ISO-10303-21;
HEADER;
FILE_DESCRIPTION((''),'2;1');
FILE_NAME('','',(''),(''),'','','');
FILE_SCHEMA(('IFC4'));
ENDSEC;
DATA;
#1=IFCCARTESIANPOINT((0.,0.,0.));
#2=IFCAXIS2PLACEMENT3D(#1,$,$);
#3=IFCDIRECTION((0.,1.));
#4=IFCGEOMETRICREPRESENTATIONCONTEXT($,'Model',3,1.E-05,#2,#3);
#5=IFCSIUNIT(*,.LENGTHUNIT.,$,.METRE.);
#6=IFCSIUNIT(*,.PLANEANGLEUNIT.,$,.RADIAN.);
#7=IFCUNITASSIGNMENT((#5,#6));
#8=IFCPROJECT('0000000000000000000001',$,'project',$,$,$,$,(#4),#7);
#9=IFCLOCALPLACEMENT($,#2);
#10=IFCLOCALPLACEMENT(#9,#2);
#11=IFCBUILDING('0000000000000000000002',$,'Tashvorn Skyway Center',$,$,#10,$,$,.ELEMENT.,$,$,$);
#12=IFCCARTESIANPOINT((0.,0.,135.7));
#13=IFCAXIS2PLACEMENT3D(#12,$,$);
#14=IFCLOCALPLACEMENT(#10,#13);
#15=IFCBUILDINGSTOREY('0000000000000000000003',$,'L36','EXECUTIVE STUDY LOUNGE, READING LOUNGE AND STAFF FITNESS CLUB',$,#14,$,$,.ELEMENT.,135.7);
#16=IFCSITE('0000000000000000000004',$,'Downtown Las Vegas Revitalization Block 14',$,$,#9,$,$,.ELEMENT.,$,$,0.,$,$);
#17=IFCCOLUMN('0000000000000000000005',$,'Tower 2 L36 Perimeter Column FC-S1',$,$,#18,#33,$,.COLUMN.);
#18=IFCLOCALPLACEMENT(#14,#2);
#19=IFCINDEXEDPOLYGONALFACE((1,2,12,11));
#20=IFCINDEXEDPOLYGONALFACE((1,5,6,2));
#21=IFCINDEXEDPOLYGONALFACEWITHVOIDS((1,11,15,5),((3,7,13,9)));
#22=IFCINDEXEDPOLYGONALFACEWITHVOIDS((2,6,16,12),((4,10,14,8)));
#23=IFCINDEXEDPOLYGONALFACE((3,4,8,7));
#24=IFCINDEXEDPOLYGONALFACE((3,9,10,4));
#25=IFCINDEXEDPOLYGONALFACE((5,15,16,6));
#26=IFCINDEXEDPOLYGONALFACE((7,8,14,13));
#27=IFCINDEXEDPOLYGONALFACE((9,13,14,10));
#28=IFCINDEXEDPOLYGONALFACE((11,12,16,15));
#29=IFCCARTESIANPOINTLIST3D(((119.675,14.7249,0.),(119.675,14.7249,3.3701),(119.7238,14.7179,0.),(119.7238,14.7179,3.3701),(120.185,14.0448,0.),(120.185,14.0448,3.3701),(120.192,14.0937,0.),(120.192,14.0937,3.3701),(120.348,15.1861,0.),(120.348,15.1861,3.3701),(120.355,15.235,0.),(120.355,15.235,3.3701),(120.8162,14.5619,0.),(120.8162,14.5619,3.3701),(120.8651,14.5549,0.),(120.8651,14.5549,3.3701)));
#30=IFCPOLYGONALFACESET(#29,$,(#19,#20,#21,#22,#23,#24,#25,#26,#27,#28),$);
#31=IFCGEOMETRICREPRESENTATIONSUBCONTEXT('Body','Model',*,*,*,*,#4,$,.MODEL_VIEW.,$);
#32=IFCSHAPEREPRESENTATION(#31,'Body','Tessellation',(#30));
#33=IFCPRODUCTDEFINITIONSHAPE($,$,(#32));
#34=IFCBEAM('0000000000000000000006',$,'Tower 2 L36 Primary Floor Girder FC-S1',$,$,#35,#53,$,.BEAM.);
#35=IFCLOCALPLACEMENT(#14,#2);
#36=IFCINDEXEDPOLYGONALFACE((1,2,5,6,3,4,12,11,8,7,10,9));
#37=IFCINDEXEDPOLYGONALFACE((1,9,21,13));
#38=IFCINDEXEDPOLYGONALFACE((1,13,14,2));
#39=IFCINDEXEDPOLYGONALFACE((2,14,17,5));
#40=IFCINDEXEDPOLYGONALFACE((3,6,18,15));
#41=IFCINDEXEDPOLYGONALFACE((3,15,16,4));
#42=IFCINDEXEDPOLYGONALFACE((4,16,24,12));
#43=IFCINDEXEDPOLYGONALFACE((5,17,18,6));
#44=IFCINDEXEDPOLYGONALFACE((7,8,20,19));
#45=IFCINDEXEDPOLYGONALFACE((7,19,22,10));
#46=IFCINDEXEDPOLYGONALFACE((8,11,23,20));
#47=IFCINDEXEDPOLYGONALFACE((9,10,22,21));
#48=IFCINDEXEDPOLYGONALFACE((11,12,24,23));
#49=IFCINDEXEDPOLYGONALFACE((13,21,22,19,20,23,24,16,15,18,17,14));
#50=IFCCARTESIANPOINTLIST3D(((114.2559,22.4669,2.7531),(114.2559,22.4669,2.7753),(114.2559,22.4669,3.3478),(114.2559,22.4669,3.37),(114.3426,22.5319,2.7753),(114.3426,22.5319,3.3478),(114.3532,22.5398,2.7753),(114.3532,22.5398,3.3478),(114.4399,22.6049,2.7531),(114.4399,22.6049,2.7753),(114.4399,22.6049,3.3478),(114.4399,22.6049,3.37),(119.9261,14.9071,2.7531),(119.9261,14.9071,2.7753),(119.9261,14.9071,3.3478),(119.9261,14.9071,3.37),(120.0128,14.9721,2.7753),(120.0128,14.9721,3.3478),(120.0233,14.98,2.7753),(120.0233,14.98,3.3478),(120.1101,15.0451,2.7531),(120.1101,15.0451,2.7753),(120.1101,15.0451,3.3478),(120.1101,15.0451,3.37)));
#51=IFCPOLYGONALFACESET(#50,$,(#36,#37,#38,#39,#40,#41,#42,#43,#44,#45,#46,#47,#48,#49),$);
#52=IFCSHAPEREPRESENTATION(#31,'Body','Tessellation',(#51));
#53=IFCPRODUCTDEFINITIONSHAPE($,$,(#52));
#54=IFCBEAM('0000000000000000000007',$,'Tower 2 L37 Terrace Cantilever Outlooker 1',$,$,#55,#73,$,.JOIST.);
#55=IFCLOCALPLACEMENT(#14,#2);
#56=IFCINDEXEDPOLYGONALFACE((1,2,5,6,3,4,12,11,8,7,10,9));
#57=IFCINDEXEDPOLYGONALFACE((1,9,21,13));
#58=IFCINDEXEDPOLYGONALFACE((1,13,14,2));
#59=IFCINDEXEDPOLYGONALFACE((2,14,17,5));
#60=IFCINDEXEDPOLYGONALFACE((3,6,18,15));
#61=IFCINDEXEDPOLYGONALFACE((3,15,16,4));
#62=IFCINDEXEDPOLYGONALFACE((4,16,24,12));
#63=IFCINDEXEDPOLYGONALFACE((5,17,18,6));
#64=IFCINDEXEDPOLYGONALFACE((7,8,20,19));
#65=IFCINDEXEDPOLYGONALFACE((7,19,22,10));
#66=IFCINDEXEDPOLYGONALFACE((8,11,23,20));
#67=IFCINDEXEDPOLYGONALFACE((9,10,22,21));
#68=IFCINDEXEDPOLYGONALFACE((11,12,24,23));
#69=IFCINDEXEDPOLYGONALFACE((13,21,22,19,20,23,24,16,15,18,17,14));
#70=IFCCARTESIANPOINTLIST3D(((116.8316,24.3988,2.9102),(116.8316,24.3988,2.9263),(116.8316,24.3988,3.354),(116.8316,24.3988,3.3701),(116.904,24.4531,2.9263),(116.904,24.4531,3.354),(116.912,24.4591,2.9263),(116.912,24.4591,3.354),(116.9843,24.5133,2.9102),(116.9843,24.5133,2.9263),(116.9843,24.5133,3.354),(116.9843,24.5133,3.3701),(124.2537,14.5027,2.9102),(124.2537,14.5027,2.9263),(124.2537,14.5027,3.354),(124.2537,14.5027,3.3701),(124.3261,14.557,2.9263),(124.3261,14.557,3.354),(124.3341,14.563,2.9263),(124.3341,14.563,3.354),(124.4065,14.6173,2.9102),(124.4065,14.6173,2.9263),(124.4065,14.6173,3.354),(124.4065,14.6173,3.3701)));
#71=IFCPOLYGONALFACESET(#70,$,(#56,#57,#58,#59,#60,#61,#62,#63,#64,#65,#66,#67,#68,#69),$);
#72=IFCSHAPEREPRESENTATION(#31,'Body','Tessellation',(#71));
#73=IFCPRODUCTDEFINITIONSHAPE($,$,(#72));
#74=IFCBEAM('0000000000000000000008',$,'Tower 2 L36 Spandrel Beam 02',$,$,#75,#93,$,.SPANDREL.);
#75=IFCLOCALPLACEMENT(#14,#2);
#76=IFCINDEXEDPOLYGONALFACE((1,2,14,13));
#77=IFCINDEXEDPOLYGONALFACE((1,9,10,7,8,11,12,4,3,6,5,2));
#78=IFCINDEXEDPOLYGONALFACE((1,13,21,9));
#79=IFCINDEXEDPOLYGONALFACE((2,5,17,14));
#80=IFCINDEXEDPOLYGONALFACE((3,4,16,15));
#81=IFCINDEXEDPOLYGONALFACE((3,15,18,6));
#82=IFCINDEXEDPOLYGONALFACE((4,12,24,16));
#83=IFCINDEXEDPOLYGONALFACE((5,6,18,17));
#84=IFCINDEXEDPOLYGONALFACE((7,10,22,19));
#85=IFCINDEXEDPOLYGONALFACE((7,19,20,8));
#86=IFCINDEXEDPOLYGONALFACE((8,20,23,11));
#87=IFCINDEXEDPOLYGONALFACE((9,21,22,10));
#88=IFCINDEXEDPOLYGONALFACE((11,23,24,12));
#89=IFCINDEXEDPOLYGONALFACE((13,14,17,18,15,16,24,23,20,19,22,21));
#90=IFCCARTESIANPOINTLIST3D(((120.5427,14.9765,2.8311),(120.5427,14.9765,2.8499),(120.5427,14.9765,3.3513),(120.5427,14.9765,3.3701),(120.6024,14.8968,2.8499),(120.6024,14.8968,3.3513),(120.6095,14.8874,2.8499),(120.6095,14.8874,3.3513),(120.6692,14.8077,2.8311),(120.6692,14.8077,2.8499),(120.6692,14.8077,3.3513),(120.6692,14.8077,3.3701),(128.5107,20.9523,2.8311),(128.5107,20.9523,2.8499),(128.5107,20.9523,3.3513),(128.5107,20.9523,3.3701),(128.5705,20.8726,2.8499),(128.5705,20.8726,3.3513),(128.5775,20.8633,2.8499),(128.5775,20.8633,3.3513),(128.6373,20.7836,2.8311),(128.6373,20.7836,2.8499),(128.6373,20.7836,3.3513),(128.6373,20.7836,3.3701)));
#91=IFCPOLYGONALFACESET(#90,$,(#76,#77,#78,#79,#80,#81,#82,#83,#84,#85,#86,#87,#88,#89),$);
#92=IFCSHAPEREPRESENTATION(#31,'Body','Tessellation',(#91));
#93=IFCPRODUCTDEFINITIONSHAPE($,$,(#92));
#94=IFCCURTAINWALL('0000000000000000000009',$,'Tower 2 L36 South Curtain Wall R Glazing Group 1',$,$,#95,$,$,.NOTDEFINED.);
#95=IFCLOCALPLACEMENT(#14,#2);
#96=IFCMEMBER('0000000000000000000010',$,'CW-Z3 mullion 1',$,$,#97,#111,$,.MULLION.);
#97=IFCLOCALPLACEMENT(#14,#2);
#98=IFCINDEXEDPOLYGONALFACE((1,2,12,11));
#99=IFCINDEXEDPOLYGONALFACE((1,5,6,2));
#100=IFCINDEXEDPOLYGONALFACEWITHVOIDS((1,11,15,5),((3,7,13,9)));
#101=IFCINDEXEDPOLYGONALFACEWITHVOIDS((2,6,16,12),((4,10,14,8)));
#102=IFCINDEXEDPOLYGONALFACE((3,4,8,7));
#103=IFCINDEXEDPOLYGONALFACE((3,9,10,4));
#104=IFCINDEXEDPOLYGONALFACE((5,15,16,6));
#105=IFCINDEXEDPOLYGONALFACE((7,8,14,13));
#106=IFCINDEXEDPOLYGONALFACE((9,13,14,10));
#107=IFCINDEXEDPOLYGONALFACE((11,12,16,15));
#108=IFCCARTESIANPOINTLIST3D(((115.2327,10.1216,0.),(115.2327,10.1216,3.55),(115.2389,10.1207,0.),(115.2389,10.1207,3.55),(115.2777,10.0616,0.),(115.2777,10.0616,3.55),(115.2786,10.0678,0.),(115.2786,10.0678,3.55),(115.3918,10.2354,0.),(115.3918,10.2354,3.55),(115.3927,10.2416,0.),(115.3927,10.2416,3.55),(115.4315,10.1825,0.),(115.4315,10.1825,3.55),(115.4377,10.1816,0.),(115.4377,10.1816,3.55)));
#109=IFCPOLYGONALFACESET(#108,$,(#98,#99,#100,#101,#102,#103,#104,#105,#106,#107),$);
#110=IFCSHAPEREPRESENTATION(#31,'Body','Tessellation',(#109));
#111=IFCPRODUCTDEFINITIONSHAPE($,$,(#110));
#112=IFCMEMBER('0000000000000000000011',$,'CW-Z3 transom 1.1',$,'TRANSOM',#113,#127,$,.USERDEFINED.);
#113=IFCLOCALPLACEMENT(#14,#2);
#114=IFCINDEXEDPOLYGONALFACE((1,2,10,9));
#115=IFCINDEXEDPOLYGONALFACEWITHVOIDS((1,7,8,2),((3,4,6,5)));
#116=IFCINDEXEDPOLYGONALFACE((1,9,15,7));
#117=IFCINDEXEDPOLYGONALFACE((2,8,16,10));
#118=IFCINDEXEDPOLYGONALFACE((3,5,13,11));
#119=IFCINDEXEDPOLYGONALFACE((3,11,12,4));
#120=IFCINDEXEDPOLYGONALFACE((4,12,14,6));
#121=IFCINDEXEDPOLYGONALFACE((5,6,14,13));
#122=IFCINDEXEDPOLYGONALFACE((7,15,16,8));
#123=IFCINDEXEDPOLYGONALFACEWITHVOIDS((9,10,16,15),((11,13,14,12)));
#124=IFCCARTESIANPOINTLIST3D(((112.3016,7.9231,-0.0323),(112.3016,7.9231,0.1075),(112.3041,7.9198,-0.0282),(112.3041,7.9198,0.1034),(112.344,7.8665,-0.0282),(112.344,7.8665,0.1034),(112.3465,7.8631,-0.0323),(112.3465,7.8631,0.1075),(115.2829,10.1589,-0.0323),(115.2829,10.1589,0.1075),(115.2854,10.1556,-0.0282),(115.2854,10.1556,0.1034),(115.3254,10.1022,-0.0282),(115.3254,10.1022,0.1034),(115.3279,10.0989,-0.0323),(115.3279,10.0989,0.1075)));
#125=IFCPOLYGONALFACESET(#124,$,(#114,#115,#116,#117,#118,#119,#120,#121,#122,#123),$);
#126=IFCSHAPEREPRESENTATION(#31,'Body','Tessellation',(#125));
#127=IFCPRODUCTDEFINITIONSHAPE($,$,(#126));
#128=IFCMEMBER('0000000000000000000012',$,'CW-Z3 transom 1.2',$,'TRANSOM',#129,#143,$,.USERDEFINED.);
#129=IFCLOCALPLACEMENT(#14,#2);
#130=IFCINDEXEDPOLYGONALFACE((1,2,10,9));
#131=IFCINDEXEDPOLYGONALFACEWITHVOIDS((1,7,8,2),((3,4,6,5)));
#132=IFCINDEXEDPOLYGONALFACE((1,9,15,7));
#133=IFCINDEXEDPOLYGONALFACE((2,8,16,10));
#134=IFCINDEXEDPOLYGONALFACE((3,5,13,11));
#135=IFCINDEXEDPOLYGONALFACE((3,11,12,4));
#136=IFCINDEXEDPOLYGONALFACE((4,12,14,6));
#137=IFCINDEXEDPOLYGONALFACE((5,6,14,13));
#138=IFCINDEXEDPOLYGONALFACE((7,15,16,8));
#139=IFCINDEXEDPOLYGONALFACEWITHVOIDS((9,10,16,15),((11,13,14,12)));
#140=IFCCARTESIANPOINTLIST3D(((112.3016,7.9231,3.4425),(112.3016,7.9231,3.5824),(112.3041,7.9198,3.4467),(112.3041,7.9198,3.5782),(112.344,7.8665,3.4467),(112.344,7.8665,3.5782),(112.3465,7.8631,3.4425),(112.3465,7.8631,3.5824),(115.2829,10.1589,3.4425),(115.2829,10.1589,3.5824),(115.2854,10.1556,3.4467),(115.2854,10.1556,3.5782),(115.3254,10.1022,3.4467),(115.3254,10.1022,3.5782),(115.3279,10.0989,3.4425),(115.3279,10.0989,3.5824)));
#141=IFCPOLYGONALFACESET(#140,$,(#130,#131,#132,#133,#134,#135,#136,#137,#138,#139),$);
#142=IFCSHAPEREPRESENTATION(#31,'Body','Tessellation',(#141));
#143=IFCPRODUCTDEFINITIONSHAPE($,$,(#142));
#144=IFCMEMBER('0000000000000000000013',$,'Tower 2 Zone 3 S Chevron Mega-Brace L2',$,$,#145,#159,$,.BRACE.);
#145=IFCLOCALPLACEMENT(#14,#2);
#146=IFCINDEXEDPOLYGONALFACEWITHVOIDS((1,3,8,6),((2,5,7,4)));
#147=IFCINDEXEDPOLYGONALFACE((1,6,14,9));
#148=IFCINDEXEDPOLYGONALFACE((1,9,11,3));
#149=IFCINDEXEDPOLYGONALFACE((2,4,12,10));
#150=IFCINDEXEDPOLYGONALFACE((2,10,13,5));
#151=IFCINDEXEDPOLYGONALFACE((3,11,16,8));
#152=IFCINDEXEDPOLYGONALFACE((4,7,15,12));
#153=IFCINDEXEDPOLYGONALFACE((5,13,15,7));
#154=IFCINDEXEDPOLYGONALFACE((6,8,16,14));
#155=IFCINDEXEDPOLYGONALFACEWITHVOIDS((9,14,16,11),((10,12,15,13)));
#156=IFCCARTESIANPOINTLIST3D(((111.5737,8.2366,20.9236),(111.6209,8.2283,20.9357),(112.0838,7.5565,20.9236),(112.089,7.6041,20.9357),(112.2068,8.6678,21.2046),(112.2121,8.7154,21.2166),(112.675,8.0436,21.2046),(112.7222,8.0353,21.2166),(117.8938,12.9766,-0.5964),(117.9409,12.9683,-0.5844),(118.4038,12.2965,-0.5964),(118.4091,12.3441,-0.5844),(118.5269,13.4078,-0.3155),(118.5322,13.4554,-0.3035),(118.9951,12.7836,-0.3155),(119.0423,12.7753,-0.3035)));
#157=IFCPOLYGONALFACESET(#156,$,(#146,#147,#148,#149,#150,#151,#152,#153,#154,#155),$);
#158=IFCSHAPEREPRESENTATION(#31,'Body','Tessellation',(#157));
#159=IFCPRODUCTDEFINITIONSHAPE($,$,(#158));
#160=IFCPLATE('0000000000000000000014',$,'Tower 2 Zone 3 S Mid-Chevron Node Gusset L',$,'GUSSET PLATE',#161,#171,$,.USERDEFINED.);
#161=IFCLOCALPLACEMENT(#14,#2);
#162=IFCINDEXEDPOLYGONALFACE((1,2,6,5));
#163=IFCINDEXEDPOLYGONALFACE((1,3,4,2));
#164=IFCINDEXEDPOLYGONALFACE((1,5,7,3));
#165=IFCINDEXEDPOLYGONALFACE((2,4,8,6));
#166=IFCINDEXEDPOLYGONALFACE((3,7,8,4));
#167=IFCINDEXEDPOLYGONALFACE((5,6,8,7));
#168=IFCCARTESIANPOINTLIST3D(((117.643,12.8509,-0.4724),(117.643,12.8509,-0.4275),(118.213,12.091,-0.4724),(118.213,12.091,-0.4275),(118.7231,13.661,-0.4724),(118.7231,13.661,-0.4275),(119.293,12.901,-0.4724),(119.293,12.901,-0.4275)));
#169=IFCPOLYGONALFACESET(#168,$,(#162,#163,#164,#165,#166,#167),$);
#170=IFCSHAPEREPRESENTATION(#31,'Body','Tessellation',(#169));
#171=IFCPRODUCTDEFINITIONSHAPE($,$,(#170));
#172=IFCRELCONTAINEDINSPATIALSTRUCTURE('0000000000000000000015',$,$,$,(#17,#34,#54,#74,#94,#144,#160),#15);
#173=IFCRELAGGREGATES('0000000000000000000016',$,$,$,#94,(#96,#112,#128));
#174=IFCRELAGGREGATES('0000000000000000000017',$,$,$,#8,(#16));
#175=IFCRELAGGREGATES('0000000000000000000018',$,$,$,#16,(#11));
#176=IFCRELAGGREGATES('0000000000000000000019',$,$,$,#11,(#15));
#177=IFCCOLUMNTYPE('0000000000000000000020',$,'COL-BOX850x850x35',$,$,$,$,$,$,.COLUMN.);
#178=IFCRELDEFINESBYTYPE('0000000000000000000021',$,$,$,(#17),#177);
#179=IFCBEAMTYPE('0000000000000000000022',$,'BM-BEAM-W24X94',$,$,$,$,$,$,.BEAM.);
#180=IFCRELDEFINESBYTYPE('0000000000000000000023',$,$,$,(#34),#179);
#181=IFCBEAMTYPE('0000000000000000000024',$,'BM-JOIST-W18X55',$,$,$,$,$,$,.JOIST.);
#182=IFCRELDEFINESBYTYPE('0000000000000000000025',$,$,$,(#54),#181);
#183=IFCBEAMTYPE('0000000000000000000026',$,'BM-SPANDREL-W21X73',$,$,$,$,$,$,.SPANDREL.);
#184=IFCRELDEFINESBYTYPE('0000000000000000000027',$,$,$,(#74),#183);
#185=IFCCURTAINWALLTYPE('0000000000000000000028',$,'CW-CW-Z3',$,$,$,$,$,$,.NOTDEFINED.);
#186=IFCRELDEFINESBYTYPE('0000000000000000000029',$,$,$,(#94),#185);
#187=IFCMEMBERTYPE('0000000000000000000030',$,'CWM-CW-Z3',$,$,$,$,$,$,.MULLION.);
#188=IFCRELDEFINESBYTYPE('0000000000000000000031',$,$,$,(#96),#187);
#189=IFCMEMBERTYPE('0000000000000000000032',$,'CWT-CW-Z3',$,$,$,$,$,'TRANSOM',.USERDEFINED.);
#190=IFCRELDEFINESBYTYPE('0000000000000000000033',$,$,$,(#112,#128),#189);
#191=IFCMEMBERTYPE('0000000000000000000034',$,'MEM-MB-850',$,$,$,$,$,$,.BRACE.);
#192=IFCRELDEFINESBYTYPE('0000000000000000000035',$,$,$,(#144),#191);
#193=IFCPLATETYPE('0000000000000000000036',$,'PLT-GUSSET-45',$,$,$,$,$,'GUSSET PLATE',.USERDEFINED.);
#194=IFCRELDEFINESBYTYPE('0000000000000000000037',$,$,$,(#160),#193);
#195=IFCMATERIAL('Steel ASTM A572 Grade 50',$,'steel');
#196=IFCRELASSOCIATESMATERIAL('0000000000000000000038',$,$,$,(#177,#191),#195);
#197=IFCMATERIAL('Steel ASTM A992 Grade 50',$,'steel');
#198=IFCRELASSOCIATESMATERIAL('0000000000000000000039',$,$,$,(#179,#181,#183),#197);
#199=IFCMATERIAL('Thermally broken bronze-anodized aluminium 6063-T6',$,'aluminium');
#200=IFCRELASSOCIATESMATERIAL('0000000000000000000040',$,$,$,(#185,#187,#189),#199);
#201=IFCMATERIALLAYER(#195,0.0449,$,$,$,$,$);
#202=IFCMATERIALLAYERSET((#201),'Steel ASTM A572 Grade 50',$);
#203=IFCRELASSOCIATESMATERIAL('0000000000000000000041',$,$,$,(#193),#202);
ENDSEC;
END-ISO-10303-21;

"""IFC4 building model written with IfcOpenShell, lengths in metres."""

from ifc_helpers import new_model, si_unit, direction, frame, origin, origin_2d, place, context, subcontext, project, spatial, rectangle, hollow_rectangle, i_section, extrude, material, layer, layer_set, material_profile, profile_set, type_object, element, aggregate, save


model = new_model("IFC4")

# Units and contexts
model_context = context("Model", 3, precision=1e-05, world=origin(), true_north=direction((0.0, 1.0)))
body_context = subcontext(model_context, "Body", "Model", "MODEL_VIEW")
ifc_project = project(units=[si_unit("LENGTHUNIT", "METRE"), si_unit("PLANEANGLEUNIT", "RADIAN")], contexts=[model_context])

# Site, building, storey
site_placement = place(None, origin())
site = spatial("IfcSite", under=ifc_project, at=site_placement, Name="Downtown Las Vegas Revitalization Block 14", CompositionType="ELEMENT", RefElevation=0.0)
building_placement = place(site_placement, origin())
building = spatial("IfcBuilding", under=site, at=building_placement, Name="Tashvorn Skyway Center", CompositionType="ELEMENT")
storey_placement = place(building_placement, frame((0.0, 0.0, 135.7)))
storey = spatial("IfcBuildingStorey", under=building, at=storey_placement, Name="L36", Description="EXECUTIVE STUDY LOUNGE, READING LOUNGE AND STAFF FITNESS CLUB", CompositionType="ELEMENT", Elevation=135.7)

# Column
ifc_material_1 = material(Name="Steel ASTM A572 Grade 50", Category="steel")
ifc_material_profile_1 = material_profile(ifc_material_1, hollow_rectangle(XDim=0.8501, YDim=0.8501, WallThickness=0.0349, at=origin_2d()), Name="BOX850x850x35")
ifc_profile_set_1 = profile_set([ifc_material_profile_1], Name="Steel ASTM A572 Grade 50")
column_type = type_object("IfcColumnType", Name="COL-BOX850x850x35", PredefinedType="COLUMN", material=ifc_profile_set_1)
column_placement = place(storey_placement, frame((120.27, 14.6399, 0.0), z_axis=(0.0, 0.0, 1.0), x_axis=(0.8, 0.6, 0.0)))
element("IfcColumn", 1, at=column_placement, inside=storey, type_object=column_type, Name="Tower 2 L36 Perimeter Column FC-S1", PredefinedType="COLUMN", context=body_context, shape_type="SweptSolid", body=[
    extrude(hollow_rectangle(XDim=0.8501, YDim=0.8501, WallThickness=0.0349, at=origin_2d()), origin(), (0.0, 0.0, 1.0), 3.3701),
])

# Beams
ifc_material_2 = material(Name="Steel ASTM A992 Grade 50", Category="steel")
ifc_material_profile_2 = material_profile(ifc_material_2, i_section(OverallWidth=0.23, OverallDepth=0.6169, WebThickness=0.0132, FlangeThickness=0.0222, at=origin_2d()), Name="W24X94")
ifc_profile_set_2 = profile_set([ifc_material_profile_2], Name="Steel ASTM A992 Grade 50")
beam_type_1 = type_object("IfcBeamType", Name="BM-BEAM-W24X94", PredefinedType="BEAM", material=ifc_profile_set_2)
beam_1_placement = place(storey_placement, frame((120.0181, 14.9761, 3.0615), z_axis=(-0.600021, 0.799984, 0.0), x_axis=(-0.799984, -0.600021, 0.0)))
element("IfcBeam", 2, at=beam_1_placement, inside=storey, type_object=beam_type_1, Name="Tower 2 L36 Primary Floor Girder FC-S1", PredefinedType="BEAM", context=body_context, shape_type="SweptSolid", body=[
    extrude(i_section(OverallWidth=0.23, OverallDepth=0.6169, WebThickness=0.0132, FlangeThickness=0.0222, at=origin_2d()), origin(), (0.0, 0.0, 1.0), 9.45),
])
ifc_material_profile_3 = material_profile(ifc_material_2, i_section(OverallWidth=0.1909, OverallDepth=0.46, WebThickness=0.01, FlangeThickness=0.0161, at=origin_2d()), Name="W18X55")
ifc_profile_set_3 = profile_set([ifc_material_profile_3], Name="Steel ASTM A992 Grade 50")
beam_type_2 = type_object("IfcBeamType", Name="BM-JOIST-W18X55", PredefinedType="JOIST", material=ifc_profile_set_3)
beam_2_placement = place(storey_placement, frame((116.908, 24.4561, 3.1401), z_axis=(0.600006, -0.799995, 0.0), x_axis=(0.799995, 0.600006, 0.0)))
element("IfcBeam", 3, at=beam_2_placement, inside=storey, type_object=beam_type_2, Name="Tower 2 L37 Terrace Cantilever Outlooker 1", PredefinedType="JOIST", context=body_context, shape_type="SweptSolid", body=[
    extrude(i_section(OverallWidth=0.1909, OverallDepth=0.46, WebThickness=0.01, FlangeThickness=0.0161, at=origin_2d()), origin(), (0.0, 0.0, 1.0), 12.3701),
])
ifc_material_profile_4 = material_profile(ifc_material_2, i_section(OverallWidth=0.2109, OverallDepth=0.5391, WebThickness=0.0117, FlangeThickness=0.0188, at=origin_2d()), Name="W21X73")
ifc_profile_set_4 = profile_set([ifc_material_profile_4], Name="Steel ASTM A992 Grade 50")
beam_type_3 = type_object("IfcBeamType", Name="BM-SPANDREL-W21X73", PredefinedType="SPANDREL", material=ifc_profile_set_4)
beam_3_placement = place(storey_placement, frame((120.606, 14.8921, 3.1006), z_axis=(0.800009, 0.599988, 0.0), x_axis=(-0.599988, 0.800009, 0.0)))
element("IfcBeam", 4, at=beam_3_placement, inside=storey, type_object=beam_type_3, Name="Tower 2 L36 Spandrel Beam 02", PredefinedType="SPANDREL", context=body_context, shape_type="SweptSolid", body=[
    extrude(i_section(OverallWidth=0.2109, OverallDepth=0.5391, WebThickness=0.0117, FlangeThickness=0.0188, at=origin_2d()), origin(), (0.0, 0.0, 1.0), 9.96),
])

# Curtain wall, members
ifc_material_3 = material(Name="Thermally broken bronze-anodized aluminium 6063-T6", Category="aluminium")
curtain_wall_type = type_object("IfcCurtainWallType", Name="CW-CW-Z3", PredefinedType="NOTDEFINED", material=ifc_material_3)
curtain_wall_placement = place(storey_placement, origin())
curtain_wall = element("IfcCurtainWall", 5, at=curtain_wall_placement, inside=storey, type_object=curtain_wall_type, Name="Tower 2 L36 South Curtain Wall R Glazing Group 1", PredefinedType="NOTDEFINED")
ifc_material_profile_5 = material_profile(ifc_material_3, hollow_rectangle(XDim=0.075, YDim=0.2, WallThickness=0.0044, at=origin_2d()), Name="ALU-MULL-75x200")
ifc_profile_set_5 = profile_set([ifc_material_profile_5], Name="Thermally broken bronze-anodized aluminium 6063-T6")
member_type_1 = type_object("IfcMemberType", Name="CWM-CW-Z3", PredefinedType="MULLION", material=ifc_profile_set_5)
member_1_placement = place(storey_placement, frame((115.3352, 10.1516, 0.0), z_axis=(0.0, 0.0, 1.0), x_axis=(0.600004, -0.799997, 0.0)))
member_1 = element("IfcMember", 6, at=member_1_placement, type_object=member_type_1, Name="CW-Z3 mullion 1", PredefinedType="MULLION", context=body_context, shape_type="SweptSolid", body=[
    extrude(hollow_rectangle(XDim=0.075, YDim=0.2, WallThickness=0.0044, at=origin_2d()), origin(), (0.0, 0.0, 1.0), 3.55),
])
ifc_material_profile_6 = material_profile(ifc_material_3, hollow_rectangle(XDim=0.075, YDim=0.1399, WallThickness=0.0042, at=origin_2d()), Name="ALU-TRAN-75x140")
ifc_profile_set_6 = profile_set([ifc_material_profile_6], Name="Thermally broken bronze-anodized aluminium 6063-T6")
member_type_2 = type_object("IfcMemberType", Name="CWT-CW-Z3", ElementType="TRANSOM", PredefinedType="USERDEFINED", material=ifc_profile_set_6)
member_2_placement = place(storey_placement, frame((115.3054, 10.1289, 0.0376), z_axis=(-0.800031, -0.599958, 0.0), x_axis=(0.599958, -0.800031, 0.0)))
member_2 = element("IfcMember", 7, at=member_2_placement, type_object=member_type_2, Name="CW-Z3 transom 1.1", ObjectType="TRANSOM", PredefinedType="USERDEFINED", context=body_context, shape_type="SweptSolid", body=[
    extrude(hollow_rectangle(XDim=0.075, YDim=0.1399, WallThickness=0.0042, at=origin_2d()), origin(), (0.0, 0.0, 1.0), 3.7266),
])
member_3_placement = place(storey_placement, frame((115.3054, 10.1289, 3.5125), z_axis=(-0.800031, -0.599958, 0.0), x_axis=(0.599958, -0.800031, 0.0)))
member_3 = element("IfcMember", 8, at=member_3_placement, type_object=member_type_2, Name="CW-Z3 transom 1.2", ObjectType="TRANSOM", PredefinedType="USERDEFINED", context=body_context, shape_type="SweptSolid", body=[
    extrude(hollow_rectangle(XDim=0.075, YDim=0.1399, WallThickness=0.0042, at=origin_2d()), origin(), (0.0, 0.0, 1.0), 3.7266),
])
aggregate(curtain_wall, [member_1, member_2, member_3])

# Member
ifc_material_profile_7 = material_profile(ifc_material_1, hollow_rectangle(XDim=0.8501, YDim=0.8501, WallThickness=0.0349, at=origin_2d()), Name="BOX850x850x35")
ifc_profile_set_7 = profile_set([ifc_material_profile_7], Name="Steel ASTM A572 Grade 50")
member_type_3 = type_object("IfcMemberType", Name="MEM-MB-850", PredefinedType="BRACE", material=ifc_profile_set_7)
member_4_placement = place(storey_placement, frame((118.468, 12.876, -0.45), z_axis=(-0.275693, -0.206767, 0.938744), x_axis=(0.599995, -0.800004, 0.0)))
element("IfcMember", 9, at=member_4_placement, inside=storey, type_object=member_type_3, Name="Tower 2 Zone 3 S Chevron Mega-Brace L2", PredefinedType="BRACE", context=body_context, shape_type="SweptSolid", body=[
    extrude(hollow_rectangle(XDim=0.8501, YDim=0.8501, WallThickness=0.0349, at=origin_2d()), origin(), (0.0, 0.0, 1.0), 22.9243),
])

# Plate
ifc_layer_1 = layer(ifc_material_1, 0.0449)
ifc_layer_set_1 = layer_set([ifc_layer_1], Name="Steel ASTM A572 Grade 50")
plate_type = type_object("IfcPlateType", Name="PLT-GUSSET-45", ElementType="GUSSET PLATE", PredefinedType="USERDEFINED", material=ifc_layer_set_1)
plate_placement = place(storey_placement, frame((118.468, 12.876, -0.4724), z_axis=(0.0, 0.0, 1.0), x_axis=(0.8, 0.6, 0.0)))
element("IfcPlate", 10, at=plate_placement, inside=storey, type_object=plate_type, Name="Tower 2 Zone 3 S Mid-Chevron Node Gusset L", ObjectType="GUSSET PLATE", PredefinedType="USERDEFINED", context=body_context, shape_type="SweptSolid", body=[
    extrude(rectangle(XDim=1.3501, YDim=0.95, at=origin_2d()), origin(), (0.0, 0.0, 1.0), 0.0449),
])

save(model, "model.ifc")
